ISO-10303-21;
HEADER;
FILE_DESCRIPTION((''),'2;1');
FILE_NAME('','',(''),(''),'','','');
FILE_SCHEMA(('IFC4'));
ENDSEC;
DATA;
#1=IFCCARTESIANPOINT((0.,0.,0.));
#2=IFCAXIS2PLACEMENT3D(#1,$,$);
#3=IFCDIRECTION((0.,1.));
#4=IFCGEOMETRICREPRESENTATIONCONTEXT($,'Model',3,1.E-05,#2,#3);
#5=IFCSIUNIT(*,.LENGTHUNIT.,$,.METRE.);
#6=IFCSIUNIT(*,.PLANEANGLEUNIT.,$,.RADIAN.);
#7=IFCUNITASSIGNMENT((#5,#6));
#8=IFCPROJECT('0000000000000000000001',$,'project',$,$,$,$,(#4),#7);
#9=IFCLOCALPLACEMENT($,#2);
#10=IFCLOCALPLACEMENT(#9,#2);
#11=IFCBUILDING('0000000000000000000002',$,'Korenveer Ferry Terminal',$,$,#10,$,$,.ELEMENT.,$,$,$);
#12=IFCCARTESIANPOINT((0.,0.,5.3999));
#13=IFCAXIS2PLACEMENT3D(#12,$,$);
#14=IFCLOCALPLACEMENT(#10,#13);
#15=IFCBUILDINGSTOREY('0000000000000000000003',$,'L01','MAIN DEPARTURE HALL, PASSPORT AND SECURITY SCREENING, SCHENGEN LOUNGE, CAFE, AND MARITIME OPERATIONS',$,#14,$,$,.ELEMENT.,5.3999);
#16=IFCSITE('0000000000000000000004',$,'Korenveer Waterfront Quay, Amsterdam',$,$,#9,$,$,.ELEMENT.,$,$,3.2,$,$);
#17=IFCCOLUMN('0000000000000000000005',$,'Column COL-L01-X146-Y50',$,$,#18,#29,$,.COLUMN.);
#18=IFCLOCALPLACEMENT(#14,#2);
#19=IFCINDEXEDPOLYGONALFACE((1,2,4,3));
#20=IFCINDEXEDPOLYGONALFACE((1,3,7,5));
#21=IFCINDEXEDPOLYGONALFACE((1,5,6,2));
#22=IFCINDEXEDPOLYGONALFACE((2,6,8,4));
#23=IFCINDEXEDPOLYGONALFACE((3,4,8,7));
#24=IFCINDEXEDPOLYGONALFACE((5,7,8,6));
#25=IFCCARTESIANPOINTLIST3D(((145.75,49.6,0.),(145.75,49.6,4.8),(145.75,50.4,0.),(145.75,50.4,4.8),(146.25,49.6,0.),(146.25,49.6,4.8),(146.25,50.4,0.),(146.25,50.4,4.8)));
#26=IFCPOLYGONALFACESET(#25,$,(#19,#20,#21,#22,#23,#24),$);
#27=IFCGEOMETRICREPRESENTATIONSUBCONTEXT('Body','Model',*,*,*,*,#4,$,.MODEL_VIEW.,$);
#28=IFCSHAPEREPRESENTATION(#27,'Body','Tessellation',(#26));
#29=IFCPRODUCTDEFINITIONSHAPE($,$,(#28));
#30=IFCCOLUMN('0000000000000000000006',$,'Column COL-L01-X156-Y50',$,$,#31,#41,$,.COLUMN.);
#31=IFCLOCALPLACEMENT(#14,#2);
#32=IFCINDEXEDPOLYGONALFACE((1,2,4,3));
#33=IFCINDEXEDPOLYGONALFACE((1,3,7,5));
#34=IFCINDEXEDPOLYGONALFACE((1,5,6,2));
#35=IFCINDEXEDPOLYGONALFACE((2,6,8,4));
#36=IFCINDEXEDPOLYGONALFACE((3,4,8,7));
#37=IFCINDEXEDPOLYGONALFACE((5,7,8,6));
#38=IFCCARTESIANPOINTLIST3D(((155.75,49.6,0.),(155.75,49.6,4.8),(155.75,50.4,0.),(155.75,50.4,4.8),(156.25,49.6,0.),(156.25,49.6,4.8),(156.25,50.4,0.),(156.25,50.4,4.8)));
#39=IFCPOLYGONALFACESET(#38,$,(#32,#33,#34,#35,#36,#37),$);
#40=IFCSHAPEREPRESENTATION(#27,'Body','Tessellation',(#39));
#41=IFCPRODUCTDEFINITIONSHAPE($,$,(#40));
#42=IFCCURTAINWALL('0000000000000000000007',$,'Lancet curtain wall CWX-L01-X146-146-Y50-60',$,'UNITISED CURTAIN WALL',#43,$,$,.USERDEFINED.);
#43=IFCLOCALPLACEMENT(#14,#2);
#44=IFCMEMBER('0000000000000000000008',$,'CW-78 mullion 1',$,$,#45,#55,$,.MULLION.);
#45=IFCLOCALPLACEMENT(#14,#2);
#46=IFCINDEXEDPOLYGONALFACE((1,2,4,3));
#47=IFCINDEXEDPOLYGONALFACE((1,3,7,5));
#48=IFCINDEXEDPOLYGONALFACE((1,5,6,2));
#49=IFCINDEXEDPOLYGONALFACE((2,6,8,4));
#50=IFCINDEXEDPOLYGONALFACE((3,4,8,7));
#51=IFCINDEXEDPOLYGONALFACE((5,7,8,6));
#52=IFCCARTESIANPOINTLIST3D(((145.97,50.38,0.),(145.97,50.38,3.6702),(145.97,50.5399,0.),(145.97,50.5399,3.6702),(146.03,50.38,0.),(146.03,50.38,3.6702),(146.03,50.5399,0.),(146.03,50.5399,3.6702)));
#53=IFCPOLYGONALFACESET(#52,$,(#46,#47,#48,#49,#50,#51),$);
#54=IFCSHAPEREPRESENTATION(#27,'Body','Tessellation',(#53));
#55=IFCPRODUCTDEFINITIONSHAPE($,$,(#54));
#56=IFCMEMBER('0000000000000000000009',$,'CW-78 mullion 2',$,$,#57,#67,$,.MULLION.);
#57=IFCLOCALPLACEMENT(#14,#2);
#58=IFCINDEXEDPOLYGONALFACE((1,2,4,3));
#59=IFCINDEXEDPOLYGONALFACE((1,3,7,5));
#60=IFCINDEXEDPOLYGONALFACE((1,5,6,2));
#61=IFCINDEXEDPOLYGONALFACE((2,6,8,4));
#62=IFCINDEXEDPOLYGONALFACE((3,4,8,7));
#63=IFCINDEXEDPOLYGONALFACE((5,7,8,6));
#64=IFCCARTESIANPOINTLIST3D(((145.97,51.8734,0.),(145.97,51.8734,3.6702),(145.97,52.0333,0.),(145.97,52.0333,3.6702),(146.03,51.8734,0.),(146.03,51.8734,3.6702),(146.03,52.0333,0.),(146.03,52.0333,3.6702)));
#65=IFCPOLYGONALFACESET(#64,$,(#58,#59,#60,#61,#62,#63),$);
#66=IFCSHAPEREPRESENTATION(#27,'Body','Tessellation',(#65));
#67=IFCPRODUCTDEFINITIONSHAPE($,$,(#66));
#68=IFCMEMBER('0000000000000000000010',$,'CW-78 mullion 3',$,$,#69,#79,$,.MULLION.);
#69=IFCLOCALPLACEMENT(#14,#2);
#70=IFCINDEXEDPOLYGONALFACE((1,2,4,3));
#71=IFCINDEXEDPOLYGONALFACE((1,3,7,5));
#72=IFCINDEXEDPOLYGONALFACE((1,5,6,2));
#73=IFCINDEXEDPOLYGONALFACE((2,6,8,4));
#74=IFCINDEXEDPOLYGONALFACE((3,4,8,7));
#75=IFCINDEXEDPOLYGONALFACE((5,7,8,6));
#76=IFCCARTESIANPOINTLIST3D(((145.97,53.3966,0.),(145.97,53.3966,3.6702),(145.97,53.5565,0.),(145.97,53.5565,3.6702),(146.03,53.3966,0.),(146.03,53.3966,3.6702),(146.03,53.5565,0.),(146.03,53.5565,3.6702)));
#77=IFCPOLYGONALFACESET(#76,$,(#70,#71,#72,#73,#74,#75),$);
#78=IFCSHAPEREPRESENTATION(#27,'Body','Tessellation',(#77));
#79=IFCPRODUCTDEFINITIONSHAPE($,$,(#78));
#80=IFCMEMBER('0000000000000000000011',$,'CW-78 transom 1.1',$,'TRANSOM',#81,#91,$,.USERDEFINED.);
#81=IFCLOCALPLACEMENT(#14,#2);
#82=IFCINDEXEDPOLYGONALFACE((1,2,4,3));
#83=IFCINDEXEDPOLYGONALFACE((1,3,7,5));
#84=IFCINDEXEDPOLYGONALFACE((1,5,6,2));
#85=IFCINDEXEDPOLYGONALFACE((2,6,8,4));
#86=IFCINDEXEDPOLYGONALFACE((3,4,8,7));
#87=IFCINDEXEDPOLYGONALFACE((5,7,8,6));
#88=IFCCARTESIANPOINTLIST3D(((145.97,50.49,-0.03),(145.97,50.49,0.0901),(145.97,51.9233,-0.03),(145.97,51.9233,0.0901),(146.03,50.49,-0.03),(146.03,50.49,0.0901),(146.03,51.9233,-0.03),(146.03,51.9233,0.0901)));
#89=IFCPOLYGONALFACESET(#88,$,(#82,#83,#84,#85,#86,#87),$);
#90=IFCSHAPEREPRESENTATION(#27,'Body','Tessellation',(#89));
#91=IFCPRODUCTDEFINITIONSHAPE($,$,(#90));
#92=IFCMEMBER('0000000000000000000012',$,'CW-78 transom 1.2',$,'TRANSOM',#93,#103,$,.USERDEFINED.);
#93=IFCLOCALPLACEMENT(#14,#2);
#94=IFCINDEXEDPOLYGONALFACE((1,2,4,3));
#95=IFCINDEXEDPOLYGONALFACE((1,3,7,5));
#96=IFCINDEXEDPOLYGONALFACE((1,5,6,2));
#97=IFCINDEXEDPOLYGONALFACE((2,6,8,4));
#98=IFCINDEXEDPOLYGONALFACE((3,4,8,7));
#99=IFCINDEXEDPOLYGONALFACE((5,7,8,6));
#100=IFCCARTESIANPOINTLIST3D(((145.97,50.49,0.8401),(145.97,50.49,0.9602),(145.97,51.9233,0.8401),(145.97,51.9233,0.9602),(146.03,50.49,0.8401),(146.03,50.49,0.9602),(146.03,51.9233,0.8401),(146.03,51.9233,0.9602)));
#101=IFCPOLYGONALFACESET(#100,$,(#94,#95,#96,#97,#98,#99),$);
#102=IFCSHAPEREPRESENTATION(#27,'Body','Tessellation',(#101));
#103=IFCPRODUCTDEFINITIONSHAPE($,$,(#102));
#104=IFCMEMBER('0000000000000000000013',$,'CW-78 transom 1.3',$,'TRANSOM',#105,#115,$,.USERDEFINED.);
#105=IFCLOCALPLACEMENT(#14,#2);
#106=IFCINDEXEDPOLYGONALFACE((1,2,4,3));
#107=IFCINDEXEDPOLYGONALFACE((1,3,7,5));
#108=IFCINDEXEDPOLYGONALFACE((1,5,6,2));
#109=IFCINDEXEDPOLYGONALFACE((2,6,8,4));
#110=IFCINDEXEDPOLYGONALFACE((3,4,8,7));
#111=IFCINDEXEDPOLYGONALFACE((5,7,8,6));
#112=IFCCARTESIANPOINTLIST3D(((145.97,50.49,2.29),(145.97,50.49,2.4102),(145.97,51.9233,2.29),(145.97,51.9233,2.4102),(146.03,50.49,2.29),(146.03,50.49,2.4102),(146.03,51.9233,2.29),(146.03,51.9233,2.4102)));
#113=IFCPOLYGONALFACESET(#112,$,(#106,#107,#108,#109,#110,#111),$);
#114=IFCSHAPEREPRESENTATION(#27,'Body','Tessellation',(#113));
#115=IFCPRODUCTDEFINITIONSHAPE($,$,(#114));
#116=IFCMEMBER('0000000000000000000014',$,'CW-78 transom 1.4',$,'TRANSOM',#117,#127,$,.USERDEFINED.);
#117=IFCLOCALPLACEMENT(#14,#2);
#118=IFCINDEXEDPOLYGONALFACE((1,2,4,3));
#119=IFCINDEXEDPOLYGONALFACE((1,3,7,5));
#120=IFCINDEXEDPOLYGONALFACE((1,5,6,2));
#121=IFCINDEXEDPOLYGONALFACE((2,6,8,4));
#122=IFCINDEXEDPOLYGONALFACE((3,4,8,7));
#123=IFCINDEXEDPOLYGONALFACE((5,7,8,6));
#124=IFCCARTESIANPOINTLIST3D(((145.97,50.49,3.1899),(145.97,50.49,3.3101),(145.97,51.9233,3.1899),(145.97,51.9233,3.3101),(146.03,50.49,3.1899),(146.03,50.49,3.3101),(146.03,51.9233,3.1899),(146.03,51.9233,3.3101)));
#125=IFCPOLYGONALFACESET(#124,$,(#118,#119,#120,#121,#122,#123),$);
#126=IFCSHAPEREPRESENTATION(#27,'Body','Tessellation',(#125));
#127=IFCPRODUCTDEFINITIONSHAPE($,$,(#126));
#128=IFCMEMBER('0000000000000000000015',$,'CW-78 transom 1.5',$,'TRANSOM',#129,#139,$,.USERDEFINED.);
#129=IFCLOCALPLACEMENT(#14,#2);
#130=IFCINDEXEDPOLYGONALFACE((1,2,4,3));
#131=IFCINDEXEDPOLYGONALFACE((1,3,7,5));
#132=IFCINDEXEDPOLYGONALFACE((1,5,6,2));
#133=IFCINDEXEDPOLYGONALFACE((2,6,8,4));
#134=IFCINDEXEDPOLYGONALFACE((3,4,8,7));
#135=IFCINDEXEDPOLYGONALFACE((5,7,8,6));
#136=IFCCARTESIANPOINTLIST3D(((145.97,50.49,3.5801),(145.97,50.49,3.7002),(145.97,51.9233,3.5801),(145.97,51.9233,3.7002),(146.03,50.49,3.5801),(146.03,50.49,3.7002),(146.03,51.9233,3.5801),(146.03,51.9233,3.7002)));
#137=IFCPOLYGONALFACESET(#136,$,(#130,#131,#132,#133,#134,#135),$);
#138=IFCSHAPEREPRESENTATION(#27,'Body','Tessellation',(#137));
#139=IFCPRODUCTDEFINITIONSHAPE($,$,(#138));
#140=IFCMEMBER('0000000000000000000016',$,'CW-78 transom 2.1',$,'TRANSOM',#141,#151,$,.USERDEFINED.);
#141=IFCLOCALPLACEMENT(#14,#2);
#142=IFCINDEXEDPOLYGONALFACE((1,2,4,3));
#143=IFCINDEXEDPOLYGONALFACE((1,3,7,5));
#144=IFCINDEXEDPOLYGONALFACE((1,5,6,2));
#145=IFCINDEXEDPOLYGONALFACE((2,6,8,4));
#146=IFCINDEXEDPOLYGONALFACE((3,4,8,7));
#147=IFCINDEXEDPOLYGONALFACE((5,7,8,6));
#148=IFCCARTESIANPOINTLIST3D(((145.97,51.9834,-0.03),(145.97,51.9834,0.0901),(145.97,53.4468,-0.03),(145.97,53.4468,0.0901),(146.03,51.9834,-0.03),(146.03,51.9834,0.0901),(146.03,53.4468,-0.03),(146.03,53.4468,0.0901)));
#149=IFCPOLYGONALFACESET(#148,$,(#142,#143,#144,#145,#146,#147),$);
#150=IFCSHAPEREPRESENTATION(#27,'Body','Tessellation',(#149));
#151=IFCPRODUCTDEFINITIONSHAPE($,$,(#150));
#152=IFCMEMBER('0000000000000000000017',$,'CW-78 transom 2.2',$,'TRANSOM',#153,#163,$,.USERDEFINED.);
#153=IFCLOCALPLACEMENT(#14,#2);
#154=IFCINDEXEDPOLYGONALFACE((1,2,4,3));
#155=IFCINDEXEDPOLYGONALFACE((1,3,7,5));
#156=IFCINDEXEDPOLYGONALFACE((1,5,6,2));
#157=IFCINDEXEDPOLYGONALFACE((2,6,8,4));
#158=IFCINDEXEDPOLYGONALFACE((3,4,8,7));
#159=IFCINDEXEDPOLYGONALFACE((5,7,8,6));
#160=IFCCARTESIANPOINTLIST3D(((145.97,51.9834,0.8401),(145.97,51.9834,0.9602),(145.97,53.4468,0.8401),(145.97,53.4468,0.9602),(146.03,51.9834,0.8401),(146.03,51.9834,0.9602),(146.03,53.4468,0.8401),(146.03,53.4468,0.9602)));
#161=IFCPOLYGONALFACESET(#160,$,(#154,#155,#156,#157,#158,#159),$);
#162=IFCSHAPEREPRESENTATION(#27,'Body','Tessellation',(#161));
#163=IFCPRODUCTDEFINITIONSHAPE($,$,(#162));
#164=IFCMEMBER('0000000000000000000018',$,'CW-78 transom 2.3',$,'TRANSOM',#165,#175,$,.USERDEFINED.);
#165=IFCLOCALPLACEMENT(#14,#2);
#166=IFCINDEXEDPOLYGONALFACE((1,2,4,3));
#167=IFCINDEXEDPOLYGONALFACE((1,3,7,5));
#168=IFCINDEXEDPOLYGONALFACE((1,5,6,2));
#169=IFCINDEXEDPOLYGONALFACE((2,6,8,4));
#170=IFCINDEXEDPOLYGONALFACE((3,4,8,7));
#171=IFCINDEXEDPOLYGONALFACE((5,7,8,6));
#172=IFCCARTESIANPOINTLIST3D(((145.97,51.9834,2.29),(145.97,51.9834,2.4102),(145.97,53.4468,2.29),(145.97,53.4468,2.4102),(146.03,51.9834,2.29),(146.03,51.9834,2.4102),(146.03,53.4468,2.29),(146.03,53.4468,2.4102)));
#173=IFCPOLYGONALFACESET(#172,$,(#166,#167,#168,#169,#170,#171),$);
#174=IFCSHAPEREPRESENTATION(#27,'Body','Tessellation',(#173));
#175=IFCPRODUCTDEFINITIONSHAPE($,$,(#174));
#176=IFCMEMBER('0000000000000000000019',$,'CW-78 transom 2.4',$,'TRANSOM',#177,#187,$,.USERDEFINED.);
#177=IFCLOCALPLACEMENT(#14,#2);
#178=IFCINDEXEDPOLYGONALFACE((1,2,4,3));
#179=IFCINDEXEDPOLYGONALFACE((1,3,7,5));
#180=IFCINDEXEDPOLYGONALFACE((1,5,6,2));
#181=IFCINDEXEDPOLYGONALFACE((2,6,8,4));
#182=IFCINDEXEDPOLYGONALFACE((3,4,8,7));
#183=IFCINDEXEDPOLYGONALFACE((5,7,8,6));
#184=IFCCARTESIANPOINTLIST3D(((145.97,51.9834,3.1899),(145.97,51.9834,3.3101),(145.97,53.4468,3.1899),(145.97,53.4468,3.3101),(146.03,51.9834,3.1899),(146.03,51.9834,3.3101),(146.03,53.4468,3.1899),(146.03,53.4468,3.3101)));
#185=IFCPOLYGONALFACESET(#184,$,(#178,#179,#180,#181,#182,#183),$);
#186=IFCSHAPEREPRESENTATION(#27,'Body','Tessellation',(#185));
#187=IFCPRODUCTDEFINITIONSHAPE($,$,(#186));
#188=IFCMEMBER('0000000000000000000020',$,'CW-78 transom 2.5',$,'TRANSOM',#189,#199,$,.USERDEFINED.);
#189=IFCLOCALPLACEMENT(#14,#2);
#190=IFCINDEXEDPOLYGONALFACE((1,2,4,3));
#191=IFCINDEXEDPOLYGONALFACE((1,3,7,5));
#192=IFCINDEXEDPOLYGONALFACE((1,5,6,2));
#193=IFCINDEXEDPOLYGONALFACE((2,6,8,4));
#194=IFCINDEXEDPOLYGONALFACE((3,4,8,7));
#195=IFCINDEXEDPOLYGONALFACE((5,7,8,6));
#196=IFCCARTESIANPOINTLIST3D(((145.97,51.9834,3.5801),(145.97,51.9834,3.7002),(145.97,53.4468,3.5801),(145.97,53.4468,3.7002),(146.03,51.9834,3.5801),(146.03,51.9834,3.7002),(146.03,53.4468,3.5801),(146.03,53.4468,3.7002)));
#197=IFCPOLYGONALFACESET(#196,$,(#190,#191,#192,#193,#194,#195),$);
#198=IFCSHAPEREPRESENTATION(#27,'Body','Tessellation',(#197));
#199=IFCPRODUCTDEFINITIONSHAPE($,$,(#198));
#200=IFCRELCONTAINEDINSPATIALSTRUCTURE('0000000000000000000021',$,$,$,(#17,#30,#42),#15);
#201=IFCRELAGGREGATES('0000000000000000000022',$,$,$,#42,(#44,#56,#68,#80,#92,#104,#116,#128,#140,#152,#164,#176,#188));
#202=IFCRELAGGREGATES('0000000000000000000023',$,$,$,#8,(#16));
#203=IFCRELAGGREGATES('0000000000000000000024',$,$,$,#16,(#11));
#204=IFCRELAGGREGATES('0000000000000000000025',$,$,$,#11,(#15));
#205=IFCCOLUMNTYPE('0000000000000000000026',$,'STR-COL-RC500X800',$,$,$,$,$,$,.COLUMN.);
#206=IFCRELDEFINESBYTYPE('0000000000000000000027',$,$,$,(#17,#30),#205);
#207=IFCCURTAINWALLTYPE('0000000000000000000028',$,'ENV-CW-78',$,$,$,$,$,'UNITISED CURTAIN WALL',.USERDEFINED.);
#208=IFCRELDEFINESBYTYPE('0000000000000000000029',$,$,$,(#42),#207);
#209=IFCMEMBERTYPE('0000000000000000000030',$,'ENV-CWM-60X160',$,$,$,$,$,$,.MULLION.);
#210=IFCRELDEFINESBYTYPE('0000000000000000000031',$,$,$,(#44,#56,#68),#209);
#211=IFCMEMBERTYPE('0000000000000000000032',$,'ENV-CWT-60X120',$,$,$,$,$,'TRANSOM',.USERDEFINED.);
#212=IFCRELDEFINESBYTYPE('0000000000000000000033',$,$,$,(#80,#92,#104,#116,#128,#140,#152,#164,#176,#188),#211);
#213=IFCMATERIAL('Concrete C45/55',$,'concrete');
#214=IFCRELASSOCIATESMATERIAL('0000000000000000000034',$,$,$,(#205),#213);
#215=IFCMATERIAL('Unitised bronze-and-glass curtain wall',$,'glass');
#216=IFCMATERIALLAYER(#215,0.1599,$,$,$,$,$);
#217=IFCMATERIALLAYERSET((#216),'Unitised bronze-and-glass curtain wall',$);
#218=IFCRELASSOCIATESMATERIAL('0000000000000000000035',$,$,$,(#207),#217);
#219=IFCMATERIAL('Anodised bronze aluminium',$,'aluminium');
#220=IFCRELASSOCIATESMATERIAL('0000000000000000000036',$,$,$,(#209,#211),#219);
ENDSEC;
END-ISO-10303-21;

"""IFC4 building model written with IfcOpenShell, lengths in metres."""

from ifc_helpers import new_model, si_unit, direction, frame, origin, origin_2d, place, context, subcontext, project, spatial, rectangle, extrude, material, layer, layer_set, material_profile, profile_set, type_object, element, aggregate, save


model = new_model("IFC4")

# Units and contexts
model_context = context("Model", 3, precision=1e-05, world=origin(), true_north=direction((0.0, 1.0)))
body_context = subcontext(model_context, "Body", "Model", "MODEL_VIEW")
ifc_project = project(units=[si_unit("LENGTHUNIT", "METRE"), si_unit("PLANEANGLEUNIT", "RADIAN")], contexts=[model_context])

# Site, building, storey
site_placement = place(None, origin())
site = spatial("IfcSite", under=ifc_project, at=site_placement, Name="Korenveer Waterfront Quay, Amsterdam", CompositionType="ELEMENT", RefElevation=3.2)
building_placement = place(site_placement, origin())
building = spatial("IfcBuilding", under=site, at=building_placement, Name="Korenveer Ferry Terminal", CompositionType="ELEMENT")
storey_placement = place(building_placement, frame((0.0, 0.0, 5.3999)))
storey = spatial("IfcBuildingStorey", under=building, at=storey_placement, Name="L01", Description="MAIN DEPARTURE HALL, PASSPORT AND SECURITY SCREENING, SCHENGEN LOUNGE, CAFE, AND MARITIME OPERATIONS", CompositionType="ELEMENT", Elevation=5.3999)

# Columns
ifc_material_1 = material(Name="Concrete C45/55", Category="concrete")
ifc_material_profile_1 = material_profile(ifc_material_1, rectangle(XDim=0.5, YDim=0.8, at=origin_2d()), Name="RC 500x800")
ifc_profile_set_1 = profile_set([ifc_material_profile_1], Name="Concrete C45/55")
column_type = type_object("IfcColumnType", Name="STR-COL-RC500X800", PredefinedType="COLUMN", material=ifc_profile_set_1)
for number, where, z_axis, x_axis, name in (
    (1, (146.0, 50.0, 0.0), (0.0, 0.0, 1.0), (1.0, 0.0, 0.0), "Column COL-L01-X146-Y50"),
    (2, (156.0, 50.0, 0.0), (0.0, 0.0, 1.0), (1.0, 0.0, 0.0), "Column COL-L01-X156-Y50"),
):
    element("IfcColumn", number, at=place(storey_placement, frame(where, z_axis=z_axis, x_axis=x_axis)), inside=storey, type_object=column_type, Name=name, PredefinedType="COLUMN", context=body_context, shape_type="SweptSolid", body=[
        extrude(rectangle(XDim=0.5, YDim=0.8, at=origin_2d()), origin(), (0.0, 0.0, 1.0), 4.8),
    ])

# Curtain wall, members
ifc_material_2 = material(Name="Unitised bronze-and-glass curtain wall", Category="glass")
ifc_layer_1 = layer(ifc_material_2, 0.1599)
ifc_layer_set_1 = layer_set([ifc_layer_1], Name="Unitised bronze-and-glass curtain wall")
curtain_wall_type = type_object("IfcCurtainWallType", Name="ENV-CW-78", ElementType="UNITISED CURTAIN WALL", PredefinedType="USERDEFINED", material=ifc_layer_set_1)
curtain_wall_placement = place(storey_placement, frame((146.0, 50.4299, 0.0)))
curtain_wall = element("IfcCurtainWall", 3, at=curtain_wall_placement, inside=storey, type_object=curtain_wall_type, Name="Lancet curtain wall CWX-L01-X146-146-Y50-60", ObjectType="UNITISED CURTAIN WALL", PredefinedType="USERDEFINED")
ifc_material_3 = material(Name="Anodised bronze aluminium", Category="aluminium")
ifc_material_profile_2 = material_profile(ifc_material_3, rectangle(XDim=0.0601, YDim=0.1599, at=origin_2d()), Name="ALU 60x160")
ifc_profile_set_2 = profile_set([ifc_material_profile_2], Name="Anodised bronze aluminium")
member_type_1 = type_object("IfcMemberType", Name="ENV-CWM-60X160", PredefinedType="MULLION", material=ifc_profile_set_2)
member_1_placement = place(storey_placement, frame((146.0, 50.46, 0.0), z_axis=(0.0, 0.0, 1.0), x_axis=(-1.0, 0.0, 0.0)))
member_1 = element("IfcMember", 4, at=member_1_placement, type_object=member_type_1, Name="CW-78 mullion 1", PredefinedType="MULLION", context=body_context, shape_type="SweptSolid", body=[
    extrude(rectangle(XDim=0.0601, YDim=0.1599, at=origin_2d()), origin(), (0.0, 0.0, 1.0), 3.6702),
])
member_2_placement = place(storey_placement, frame((146.0, 51.9534, 0.0), z_axis=(0.0, 0.0, 1.0), x_axis=(-1.0, 0.0, 0.0)))
member_2 = element("IfcMember", 5, at=member_2_placement, type_object=member_type_1, Name="CW-78 mullion 2", PredefinedType="MULLION", context=body_context, shape_type="SweptSolid", body=[
    extrude(rectangle(XDim=0.0601, YDim=0.1599, at=origin_2d()), origin(), (0.0, 0.0, 1.0), 3.6702),
])
member_3_placement = place(storey_placement, frame((146.0, 53.4766, 0.0), z_axis=(0.0, 0.0, 1.0), x_axis=(-1.0, 0.0, 0.0)))
member_3 = element("IfcMember", 6, at=member_3_placement, type_object=member_type_1, Name="CW-78 mullion 3", PredefinedType="MULLION", context=body_context, shape_type="SweptSolid", body=[
    extrude(rectangle(XDim=0.0601, YDim=0.1599, at=origin_2d()), origin(), (0.0, 0.0, 1.0), 3.6702),
])
ifc_material_profile_3 = material_profile(ifc_material_3, rectangle(XDim=0.0601, YDim=0.1201, at=origin_2d()), Name="ALU 60x120")
ifc_profile_set_3 = profile_set([ifc_material_profile_3], Name="Anodised bronze aluminium")
member_type_2 = type_object("IfcMemberType", Name="ENV-CWT-60X120", ElementType="TRANSOM", PredefinedType="USERDEFINED", material=ifc_profile_set_3)
member_4_placement = place(storey_placement, frame((146.0, 50.49, 0.03), z_axis=(0.0, 1.0, 0.0), x_axis=(-1.0, 0.0, 0.0)))
member_4 = element("IfcMember", 7, at=member_4_placement, type_object=member_type_2, Name="CW-78 transom 1.1", ObjectType="TRANSOM", PredefinedType="USERDEFINED", context=body_context, shape_type="SweptSolid", body=[
    extrude(rectangle(XDim=0.0601, YDim=0.1201, at=origin_2d()), origin(), (0.0, 0.0, 1.0), 1.4333),
])
member_5_placement = place(storey_placement, frame((146.0, 50.49, 0.9001), z_axis=(0.0, 1.0, 0.0), x_axis=(-1.0, 0.0, 0.0)))
member_5 = element("IfcMember", 8, at=member_5_placement, type_object=member_type_2, Name="CW-78 transom 1.2", ObjectType="TRANSOM", PredefinedType="USERDEFINED", context=body_context, shape_type="SweptSolid", body=[
    extrude(rectangle(XDim=0.0601, YDim=0.1201, at=origin_2d()), origin(), (0.0, 0.0, 1.0), 1.4333),
])
member_6_placement = place(storey_placement, frame((146.0, 50.49, 2.3501), z_axis=(0.0, 1.0, 0.0), x_axis=(-1.0, 0.0, 0.0)))
member_6 = element("IfcMember", 9, at=member_6_placement, type_object=member_type_2, Name="CW-78 transom 1.3", ObjectType="TRANSOM", PredefinedType="USERDEFINED", context=body_context, shape_type="SweptSolid", body=[
    extrude(rectangle(XDim=0.0601, YDim=0.1201, at=origin_2d()), origin(), (0.0, 0.0, 1.0), 1.4333),
])
member_7_placement = place(storey_placement, frame((146.0, 50.49, 3.25), z_axis=(0.0, 1.0, 0.0), x_axis=(-1.0, 0.0, 0.0)))
member_7 = element("IfcMember", 10, at=member_7_placement, type_object=member_type_2, Name="CW-78 transom 1.4", ObjectType="TRANSOM", PredefinedType="USERDEFINED", context=body_context, shape_type="SweptSolid", body=[
    extrude(rectangle(XDim=0.0601, YDim=0.1201, at=origin_2d()), origin(), (0.0, 0.0, 1.0), 1.4333),
])
member_8_placement = place(storey_placement, frame((146.0, 50.49, 3.6401), z_axis=(0.0, 1.0, 0.0), x_axis=(-1.0, 0.0, 0.0)))
member_8 = element("IfcMember", 11, at=member_8_placement, type_object=member_type_2, Name="CW-78 transom 1.5", ObjectType="TRANSOM", PredefinedType="USERDEFINED", context=body_context, shape_type="SweptSolid", body=[
    extrude(rectangle(XDim=0.0601, YDim=0.1201, at=origin_2d()), origin(), (0.0, 0.0, 1.0), 1.4333),
])
member_9_placement = place(storey_placement, frame((146.0, 51.9834, 0.03), z_axis=(0.0, 1.0, 0.0), x_axis=(-1.0, 0.0, 0.0)))
member_9 = element("IfcMember", 12, at=member_9_placement, type_object=member_type_2, Name="CW-78 transom 2.1", ObjectType="TRANSOM", PredefinedType="USERDEFINED", context=body_context, shape_type="SweptSolid", body=[
    extrude(rectangle(XDim=0.0601, YDim=0.1201, at=origin_2d()), origin(), (0.0, 0.0, 1.0), 1.4634),
])
member_10_placement = place(storey_placement, frame((146.0, 51.9834, 0.9001), z_axis=(0.0, 1.0, 0.0), x_axis=(-1.0, 0.0, 0.0)))
member_10 = element("IfcMember", 13, at=member_10_placement, type_object=member_type_2, Name="CW-78 transom 2.2", ObjectType="TRANSOM", PredefinedType="USERDEFINED", context=body_context, shape_type="SweptSolid", body=[
    extrude(rectangle(XDim=0.0601, YDim=0.1201, at=origin_2d()), origin(), (0.0, 0.0, 1.0), 1.4634),
])
member_11_placement = place(storey_placement, frame((146.0, 51.9834, 2.3501), z_axis=(0.0, 1.0, 0.0), x_axis=(-1.0, 0.0, 0.0)))
member_11 = element("IfcMember", 14, at=member_11_placement, type_object=member_type_2, Name="CW-78 transom 2.3", ObjectType="TRANSOM", PredefinedType="USERDEFINED", context=body_context, shape_type="SweptSolid", body=[
    extrude(rectangle(XDim=0.0601, YDim=0.1201, at=origin_2d()), origin(), (0.0, 0.0, 1.0), 1.4634),
])
member_12_placement = place(storey_placement, frame((146.0, 51.9834, 3.25), z_axis=(0.0, 1.0, 0.0), x_axis=(-1.0, 0.0, 0.0)))
member_12 = element("IfcMember", 15, at=member_12_placement, type_object=member_type_2, Name="CW-78 transom 2.4", ObjectType="TRANSOM", PredefinedType="USERDEFINED", context=body_context, shape_type="SweptSolid", body=[
    extrude(rectangle(XDim=0.0601, YDim=0.1201, at=origin_2d()), origin(), (0.0, 0.0, 1.0), 1.4634),
])
member_13_placement = place(storey_placement, frame((146.0, 51.9834, 3.6401), z_axis=(0.0, 1.0, 0.0), x_axis=(-1.0, 0.0, 0.0)))
member_13 = element("IfcMember", 16, at=member_13_placement, type_object=member_type_2, Name="CW-78 transom 2.5", ObjectType="TRANSOM", PredefinedType="USERDEFINED", context=body_context, shape_type="SweptSolid", body=[
    extrude(rectangle(XDim=0.0601, YDim=0.1201, at=origin_2d()), origin(), (0.0, 0.0, 1.0), 1.4634),
])

aggregate(curtain_wall, [member_1, member_2, member_3, member_4, member_5, member_6, member_7, member_8, member_9, member_10, member_11, member_12, member_13])

save(model, "model.ifc")
